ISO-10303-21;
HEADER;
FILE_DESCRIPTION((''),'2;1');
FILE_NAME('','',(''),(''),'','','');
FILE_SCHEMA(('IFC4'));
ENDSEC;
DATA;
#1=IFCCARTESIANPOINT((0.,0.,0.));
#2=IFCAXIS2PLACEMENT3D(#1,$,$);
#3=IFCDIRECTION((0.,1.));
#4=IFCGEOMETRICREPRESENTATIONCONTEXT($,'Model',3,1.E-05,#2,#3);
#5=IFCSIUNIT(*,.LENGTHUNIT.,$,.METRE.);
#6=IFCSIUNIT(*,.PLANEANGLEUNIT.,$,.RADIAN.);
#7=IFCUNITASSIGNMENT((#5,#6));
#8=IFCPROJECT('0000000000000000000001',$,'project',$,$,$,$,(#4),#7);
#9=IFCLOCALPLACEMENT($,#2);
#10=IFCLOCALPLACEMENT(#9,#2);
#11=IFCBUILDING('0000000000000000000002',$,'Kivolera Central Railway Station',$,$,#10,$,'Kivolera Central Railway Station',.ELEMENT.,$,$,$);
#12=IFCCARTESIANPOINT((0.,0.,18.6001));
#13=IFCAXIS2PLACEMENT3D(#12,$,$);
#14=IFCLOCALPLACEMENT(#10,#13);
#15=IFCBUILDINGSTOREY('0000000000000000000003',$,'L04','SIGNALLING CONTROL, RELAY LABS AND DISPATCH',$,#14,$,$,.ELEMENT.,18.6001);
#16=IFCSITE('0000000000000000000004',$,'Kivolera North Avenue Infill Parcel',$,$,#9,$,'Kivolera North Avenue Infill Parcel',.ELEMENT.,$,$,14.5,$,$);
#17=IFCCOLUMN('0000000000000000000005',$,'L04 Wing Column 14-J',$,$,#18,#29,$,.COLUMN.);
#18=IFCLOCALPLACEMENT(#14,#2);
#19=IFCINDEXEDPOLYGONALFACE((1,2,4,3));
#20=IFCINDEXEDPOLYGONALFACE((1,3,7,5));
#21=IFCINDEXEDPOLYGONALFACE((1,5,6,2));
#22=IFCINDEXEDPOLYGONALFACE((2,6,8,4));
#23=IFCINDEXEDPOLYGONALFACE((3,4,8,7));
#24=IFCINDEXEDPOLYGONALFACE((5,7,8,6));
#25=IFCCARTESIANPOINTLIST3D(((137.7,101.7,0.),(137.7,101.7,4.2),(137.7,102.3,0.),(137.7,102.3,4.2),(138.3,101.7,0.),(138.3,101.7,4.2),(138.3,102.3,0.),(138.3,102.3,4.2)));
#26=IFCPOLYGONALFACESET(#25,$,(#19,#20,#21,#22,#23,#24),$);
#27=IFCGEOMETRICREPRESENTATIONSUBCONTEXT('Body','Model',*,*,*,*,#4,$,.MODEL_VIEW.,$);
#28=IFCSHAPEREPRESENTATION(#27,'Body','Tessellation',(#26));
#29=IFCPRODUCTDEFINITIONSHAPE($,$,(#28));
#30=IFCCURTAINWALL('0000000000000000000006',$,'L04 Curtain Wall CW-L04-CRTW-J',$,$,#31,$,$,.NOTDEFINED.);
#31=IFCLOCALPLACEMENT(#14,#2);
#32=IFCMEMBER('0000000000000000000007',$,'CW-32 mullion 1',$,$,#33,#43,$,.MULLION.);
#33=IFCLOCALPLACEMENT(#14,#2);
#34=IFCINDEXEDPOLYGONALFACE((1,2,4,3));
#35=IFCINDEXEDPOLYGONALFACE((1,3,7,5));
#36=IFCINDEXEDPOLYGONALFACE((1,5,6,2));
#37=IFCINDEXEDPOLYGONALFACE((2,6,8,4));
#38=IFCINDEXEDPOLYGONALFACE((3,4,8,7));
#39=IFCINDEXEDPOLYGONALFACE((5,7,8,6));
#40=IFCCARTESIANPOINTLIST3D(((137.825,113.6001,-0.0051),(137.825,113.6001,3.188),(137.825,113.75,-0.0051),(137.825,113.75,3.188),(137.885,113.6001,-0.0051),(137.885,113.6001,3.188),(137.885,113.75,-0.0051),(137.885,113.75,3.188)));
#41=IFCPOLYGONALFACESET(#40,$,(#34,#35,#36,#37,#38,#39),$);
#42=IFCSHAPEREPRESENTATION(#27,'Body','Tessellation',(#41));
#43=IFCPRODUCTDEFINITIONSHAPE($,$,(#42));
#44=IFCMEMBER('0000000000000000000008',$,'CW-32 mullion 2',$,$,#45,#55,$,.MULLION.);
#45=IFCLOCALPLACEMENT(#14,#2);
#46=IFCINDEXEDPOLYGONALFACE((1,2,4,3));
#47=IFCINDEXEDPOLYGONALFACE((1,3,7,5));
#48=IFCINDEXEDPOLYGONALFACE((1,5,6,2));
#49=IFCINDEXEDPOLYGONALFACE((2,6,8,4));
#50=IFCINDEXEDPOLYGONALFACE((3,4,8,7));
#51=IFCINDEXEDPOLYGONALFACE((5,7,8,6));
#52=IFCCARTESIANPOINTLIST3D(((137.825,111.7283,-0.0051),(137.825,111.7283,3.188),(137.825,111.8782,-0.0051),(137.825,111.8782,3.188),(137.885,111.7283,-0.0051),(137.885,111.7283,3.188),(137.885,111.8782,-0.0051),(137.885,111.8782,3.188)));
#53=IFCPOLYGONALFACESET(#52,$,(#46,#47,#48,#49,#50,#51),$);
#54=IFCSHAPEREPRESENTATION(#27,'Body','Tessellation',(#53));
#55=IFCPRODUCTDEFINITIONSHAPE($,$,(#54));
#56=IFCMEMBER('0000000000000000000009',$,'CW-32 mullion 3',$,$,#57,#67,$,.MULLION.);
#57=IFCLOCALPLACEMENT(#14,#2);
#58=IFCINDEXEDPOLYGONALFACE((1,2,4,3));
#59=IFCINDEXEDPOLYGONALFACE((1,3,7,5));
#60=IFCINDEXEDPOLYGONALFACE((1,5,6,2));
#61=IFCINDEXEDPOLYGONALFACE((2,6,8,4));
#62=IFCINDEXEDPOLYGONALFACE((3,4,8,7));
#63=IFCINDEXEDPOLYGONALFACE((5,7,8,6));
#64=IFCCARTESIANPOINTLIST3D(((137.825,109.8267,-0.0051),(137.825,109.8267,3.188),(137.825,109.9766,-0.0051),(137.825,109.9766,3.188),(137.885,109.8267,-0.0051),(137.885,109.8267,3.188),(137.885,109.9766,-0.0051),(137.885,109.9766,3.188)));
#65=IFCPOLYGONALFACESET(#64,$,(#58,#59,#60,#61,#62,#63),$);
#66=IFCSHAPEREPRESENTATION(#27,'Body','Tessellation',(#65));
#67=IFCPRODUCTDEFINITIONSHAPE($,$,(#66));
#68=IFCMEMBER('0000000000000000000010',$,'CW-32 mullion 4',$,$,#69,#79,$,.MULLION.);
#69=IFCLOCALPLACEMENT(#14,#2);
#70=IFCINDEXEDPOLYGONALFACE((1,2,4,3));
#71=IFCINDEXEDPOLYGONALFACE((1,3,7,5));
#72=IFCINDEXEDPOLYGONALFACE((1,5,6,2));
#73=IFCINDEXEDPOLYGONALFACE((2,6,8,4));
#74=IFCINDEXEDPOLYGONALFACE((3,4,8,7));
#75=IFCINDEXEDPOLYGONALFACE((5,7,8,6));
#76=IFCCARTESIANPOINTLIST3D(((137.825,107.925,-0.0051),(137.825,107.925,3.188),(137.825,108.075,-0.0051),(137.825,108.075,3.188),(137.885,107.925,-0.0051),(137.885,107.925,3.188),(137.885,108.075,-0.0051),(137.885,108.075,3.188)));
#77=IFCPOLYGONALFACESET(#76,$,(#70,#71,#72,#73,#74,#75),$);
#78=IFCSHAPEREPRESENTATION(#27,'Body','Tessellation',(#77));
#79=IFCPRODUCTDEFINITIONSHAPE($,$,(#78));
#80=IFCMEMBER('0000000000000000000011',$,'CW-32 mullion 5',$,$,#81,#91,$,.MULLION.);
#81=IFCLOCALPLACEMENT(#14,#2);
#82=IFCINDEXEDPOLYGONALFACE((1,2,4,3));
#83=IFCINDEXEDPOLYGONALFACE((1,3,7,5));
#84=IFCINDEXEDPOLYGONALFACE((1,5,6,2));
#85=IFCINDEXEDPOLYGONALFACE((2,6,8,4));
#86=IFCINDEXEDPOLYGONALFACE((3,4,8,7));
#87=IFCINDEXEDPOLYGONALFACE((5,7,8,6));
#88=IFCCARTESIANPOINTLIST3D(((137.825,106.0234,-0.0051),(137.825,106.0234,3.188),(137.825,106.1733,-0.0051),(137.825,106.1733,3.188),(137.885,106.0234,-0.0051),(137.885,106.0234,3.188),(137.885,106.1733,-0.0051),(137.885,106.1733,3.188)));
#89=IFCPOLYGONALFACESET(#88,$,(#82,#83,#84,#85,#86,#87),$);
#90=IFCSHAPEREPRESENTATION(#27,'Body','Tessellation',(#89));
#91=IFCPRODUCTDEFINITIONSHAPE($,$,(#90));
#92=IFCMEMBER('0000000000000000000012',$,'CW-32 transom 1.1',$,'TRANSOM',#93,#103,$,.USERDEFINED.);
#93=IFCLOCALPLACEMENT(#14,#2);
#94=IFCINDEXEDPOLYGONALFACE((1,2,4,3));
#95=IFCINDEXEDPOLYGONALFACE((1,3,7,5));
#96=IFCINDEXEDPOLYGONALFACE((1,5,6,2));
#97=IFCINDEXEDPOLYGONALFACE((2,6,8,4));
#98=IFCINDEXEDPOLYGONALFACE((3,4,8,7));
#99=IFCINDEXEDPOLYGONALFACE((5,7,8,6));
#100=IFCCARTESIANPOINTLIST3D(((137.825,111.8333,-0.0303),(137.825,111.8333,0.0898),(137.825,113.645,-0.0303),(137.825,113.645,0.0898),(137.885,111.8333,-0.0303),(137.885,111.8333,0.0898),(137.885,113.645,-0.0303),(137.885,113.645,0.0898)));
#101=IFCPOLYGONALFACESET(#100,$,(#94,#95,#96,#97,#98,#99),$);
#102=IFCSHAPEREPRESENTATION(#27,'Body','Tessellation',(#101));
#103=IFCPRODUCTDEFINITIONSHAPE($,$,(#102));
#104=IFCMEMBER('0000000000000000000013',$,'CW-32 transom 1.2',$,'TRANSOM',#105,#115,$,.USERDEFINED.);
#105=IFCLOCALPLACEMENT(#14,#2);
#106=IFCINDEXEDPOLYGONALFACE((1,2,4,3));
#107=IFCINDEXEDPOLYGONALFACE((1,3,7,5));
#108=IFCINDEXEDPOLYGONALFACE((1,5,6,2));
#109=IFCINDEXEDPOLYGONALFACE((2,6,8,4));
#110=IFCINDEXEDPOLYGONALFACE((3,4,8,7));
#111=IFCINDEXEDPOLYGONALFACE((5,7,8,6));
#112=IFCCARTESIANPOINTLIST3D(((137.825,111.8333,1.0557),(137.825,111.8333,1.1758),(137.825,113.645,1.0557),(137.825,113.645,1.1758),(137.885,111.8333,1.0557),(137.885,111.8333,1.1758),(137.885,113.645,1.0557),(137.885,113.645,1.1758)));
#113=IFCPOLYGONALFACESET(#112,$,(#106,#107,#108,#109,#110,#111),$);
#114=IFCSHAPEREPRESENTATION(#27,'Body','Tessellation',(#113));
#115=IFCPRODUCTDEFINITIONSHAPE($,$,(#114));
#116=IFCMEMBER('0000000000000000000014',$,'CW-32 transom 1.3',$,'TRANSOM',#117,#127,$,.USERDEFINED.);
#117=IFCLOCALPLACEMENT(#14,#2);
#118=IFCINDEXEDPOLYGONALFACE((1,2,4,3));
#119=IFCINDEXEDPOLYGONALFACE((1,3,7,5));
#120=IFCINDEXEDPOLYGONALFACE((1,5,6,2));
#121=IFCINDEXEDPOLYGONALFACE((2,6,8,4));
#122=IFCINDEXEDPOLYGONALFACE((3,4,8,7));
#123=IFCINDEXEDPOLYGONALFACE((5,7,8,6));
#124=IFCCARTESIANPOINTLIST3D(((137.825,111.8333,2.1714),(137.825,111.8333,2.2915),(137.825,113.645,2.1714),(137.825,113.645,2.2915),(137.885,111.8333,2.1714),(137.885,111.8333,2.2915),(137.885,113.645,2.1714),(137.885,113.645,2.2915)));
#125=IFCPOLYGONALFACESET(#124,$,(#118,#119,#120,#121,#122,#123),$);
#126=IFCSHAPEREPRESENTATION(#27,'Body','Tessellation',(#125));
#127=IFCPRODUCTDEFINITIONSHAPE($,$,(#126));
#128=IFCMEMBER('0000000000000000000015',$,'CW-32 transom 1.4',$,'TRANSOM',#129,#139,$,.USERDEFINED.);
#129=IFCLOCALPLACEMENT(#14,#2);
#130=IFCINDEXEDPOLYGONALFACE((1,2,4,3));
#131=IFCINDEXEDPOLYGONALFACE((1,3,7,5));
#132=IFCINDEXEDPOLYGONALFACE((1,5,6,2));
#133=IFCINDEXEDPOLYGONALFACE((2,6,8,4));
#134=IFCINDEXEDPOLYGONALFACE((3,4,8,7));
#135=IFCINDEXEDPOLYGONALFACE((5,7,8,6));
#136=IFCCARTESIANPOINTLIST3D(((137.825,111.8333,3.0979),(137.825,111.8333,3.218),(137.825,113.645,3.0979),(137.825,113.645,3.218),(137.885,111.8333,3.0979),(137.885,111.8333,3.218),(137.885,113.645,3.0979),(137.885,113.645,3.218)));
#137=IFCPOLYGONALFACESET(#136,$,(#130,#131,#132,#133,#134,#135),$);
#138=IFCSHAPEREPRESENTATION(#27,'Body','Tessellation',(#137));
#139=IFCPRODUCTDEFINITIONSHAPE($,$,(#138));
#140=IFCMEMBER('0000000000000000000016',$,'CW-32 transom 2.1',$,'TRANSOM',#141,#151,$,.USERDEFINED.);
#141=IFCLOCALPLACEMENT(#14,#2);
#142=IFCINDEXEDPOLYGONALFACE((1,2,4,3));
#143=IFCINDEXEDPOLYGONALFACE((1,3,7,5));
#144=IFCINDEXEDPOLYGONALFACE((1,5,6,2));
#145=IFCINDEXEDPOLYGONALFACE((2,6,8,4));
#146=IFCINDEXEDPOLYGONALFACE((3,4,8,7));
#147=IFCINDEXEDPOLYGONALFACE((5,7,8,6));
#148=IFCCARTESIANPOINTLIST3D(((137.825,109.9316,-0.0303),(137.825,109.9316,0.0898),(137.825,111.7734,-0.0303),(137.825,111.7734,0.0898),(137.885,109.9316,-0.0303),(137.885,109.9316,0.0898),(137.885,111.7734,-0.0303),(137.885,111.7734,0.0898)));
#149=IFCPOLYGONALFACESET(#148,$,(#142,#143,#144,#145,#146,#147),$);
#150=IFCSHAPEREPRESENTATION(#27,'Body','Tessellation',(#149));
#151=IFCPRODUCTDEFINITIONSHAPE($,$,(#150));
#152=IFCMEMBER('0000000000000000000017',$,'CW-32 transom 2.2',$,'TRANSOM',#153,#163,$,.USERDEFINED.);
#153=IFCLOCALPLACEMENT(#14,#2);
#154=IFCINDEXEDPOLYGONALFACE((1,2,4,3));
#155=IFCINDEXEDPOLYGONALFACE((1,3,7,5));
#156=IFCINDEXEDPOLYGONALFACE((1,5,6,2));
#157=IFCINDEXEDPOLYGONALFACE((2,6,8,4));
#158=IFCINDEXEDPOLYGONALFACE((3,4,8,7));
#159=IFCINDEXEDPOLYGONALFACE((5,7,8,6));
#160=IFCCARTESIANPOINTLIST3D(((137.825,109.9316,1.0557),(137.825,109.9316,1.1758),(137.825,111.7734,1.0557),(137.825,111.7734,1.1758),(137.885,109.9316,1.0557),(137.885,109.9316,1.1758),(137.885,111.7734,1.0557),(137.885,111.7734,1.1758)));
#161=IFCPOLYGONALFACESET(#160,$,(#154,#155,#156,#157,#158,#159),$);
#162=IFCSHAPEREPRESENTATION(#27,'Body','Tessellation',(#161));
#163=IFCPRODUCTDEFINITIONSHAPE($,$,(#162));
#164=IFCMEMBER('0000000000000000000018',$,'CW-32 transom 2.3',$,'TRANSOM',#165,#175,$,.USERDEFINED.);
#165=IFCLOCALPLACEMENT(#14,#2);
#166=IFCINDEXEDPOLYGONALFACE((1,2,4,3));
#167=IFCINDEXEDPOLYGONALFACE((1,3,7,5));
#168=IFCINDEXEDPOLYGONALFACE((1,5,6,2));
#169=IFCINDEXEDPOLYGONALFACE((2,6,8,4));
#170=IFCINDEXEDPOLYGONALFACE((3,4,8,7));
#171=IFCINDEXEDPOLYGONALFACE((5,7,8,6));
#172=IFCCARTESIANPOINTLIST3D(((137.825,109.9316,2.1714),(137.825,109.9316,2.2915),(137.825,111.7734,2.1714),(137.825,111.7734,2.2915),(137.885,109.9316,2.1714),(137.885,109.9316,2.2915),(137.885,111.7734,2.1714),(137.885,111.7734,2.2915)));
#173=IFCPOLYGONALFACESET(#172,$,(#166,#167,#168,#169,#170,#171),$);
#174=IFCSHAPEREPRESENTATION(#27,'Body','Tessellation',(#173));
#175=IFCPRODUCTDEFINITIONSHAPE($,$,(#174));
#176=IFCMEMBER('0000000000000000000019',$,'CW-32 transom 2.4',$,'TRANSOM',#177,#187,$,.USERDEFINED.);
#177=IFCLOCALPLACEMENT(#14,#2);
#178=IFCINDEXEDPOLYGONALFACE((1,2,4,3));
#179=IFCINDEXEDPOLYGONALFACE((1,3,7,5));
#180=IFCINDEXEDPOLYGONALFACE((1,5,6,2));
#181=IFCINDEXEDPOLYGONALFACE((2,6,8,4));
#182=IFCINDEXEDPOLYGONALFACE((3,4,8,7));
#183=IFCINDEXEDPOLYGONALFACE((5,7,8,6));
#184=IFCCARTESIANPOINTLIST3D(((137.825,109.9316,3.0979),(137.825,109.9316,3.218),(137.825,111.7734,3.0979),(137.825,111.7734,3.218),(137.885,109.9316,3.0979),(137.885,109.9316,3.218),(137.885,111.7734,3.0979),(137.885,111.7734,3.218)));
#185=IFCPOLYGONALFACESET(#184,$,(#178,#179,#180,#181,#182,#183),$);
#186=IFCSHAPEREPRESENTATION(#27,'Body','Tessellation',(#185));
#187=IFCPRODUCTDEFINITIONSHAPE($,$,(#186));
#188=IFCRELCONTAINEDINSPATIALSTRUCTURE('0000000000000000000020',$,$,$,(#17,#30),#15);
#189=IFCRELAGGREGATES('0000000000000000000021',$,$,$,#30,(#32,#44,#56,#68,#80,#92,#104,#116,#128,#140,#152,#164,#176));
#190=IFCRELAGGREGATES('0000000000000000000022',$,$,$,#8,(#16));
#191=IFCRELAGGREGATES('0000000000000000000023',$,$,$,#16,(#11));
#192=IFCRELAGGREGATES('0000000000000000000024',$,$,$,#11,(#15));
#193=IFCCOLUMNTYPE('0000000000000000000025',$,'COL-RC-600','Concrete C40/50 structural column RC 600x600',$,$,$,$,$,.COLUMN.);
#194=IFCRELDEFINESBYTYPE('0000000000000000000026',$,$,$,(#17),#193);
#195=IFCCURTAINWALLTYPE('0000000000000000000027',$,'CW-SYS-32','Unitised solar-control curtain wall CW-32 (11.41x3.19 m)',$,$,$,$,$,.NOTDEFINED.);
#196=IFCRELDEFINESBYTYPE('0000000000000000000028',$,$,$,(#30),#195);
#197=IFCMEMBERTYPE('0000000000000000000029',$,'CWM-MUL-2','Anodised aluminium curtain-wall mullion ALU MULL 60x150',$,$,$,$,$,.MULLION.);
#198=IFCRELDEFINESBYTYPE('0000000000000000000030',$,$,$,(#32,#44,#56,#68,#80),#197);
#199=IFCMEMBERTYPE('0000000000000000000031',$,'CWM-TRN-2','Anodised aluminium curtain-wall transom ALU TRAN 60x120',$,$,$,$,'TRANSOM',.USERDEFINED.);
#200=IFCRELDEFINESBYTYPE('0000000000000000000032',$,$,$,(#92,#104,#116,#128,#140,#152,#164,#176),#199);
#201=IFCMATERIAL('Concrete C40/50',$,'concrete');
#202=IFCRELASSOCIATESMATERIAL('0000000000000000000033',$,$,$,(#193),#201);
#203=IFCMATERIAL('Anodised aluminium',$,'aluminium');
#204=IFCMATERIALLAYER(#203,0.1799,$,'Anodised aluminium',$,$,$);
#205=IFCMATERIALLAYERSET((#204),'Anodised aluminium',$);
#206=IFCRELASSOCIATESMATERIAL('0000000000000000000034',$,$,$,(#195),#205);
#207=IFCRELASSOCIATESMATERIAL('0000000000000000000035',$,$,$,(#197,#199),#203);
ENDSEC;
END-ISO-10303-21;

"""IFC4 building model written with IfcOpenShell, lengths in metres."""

from ifc_helpers import new_model, si_unit, direction, frame, origin, origin_2d, place, context, subcontext, project, spatial, rectangle, extrude, material, layer, layer_set, material_profile, profile_set, type_object, element, aggregate, save


model = new_model("IFC4")

# Units and contexts
model_context = context("Model", 3, precision=1e-05, world=origin(), true_north=direction((0.0, 1.0)))
body_context = subcontext(model_context, "Body", "Model", "MODEL_VIEW")
ifc_project = project(units=[si_unit("LENGTHUNIT", "METRE"), si_unit("PLANEANGLEUNIT", "RADIAN")], contexts=[model_context])

# Site, building, storey
site_placement = place(None, origin())
site = spatial("IfcSite", under=ifc_project, at=site_placement, Name="Kivolera North Avenue Infill Parcel", LongName="Kivolera North Avenue Infill Parcel", CompositionType="ELEMENT", RefElevation=14.5)
building_placement = place(site_placement, origin())
building = spatial("IfcBuilding", under=site, at=building_placement, Name="Kivolera Central Railway Station", LongName="Kivolera Central Railway Station", CompositionType="ELEMENT")
storey_placement = place(building_placement, frame((0.0, 0.0, 18.6001)))
storey = spatial("IfcBuildingStorey", under=building, at=storey_placement, Name="L04", Description="SIGNALLING CONTROL, RELAY LABS AND DISPATCH", CompositionType="ELEMENT", Elevation=18.6001)

# Column
ifc_material_1 = material(Name="Concrete C40/50", Category="concrete")
ifc_material_profile_1 = material_profile(ifc_material_1, rectangle(XDim=0.6001, YDim=0.6001, at=origin_2d()), Name="RC 600x600")
ifc_profile_set_1 = profile_set([ifc_material_profile_1], Name="Concrete C40/50")
column_type = type_object("IfcColumnType", Name="COL-RC-600", Description="Concrete C40/50 structural column RC 600x600", PredefinedType="COLUMN", material=ifc_profile_set_1)
column_placement = place(storey_placement, frame((138.0, 102.0, 0.0), z_axis=(0.0, 0.0, 1.0), x_axis=(1.0, 0.0, 0.0)))
element("IfcColumn", 1, at=column_placement, inside=storey, type_object=column_type, Name="L04 Wing Column 14-J", PredefinedType="COLUMN", context=body_context, shape_type="SweptSolid", body=[
    extrude(rectangle(XDim=0.6001, YDim=0.6001, at=origin_2d()), origin(), (0.0, 0.0, 1.0), 4.2),
])

# Curtain wall, members
ifc_material_2 = material(Name="Anodised aluminium", Category="aluminium")
ifc_layer_1 = layer(ifc_material_2, 0.1799, Name="Anodised aluminium")
ifc_layer_set_1 = layer_set([ifc_layer_1], Name="Anodised aluminium")
curtain_wall_type = type_object("IfcCurtainWallType", Name="CW-SYS-32", Description="Unitised solar-control curtain wall CW-32 (11.41x3.19 m)", PredefinedType="NOTDEFINED", material=ifc_layer_set_1)
curtain_wall_placement = place(storey_placement, origin())
curtain_wall = element("IfcCurtainWall", 2, at=curtain_wall_placement, inside=storey, type_object=curtain_wall_type, Name="L04 Curtain Wall CW-L04-CRTW-J", PredefinedType="NOTDEFINED")
ifc_material_profile_2 = material_profile(ifc_material_2, rectangle(XDim=0.0601, YDim=0.1499, at=origin_2d()), Name="ALU MULL 60x150")
ifc_profile_set_2 = profile_set([ifc_material_profile_2], Name="Anodised aluminium")
member_type_1 = type_object("IfcMemberType", Name="CWM-MUL-2", Description="Anodised aluminium curtain-wall mullion ALU MULL 60x150", PredefinedType="MULLION", material=ifc_profile_set_2)
member_1_placement = place(storey_placement, frame((137.855, 113.675, -0.0051), z_axis=(0.0, 0.0, 1.0), x_axis=(1.0, 0.0, 0.0)))
member_1 = element("IfcMember", 3, at=member_1_placement, type_object=member_type_1, Name="CW-32 mullion 1", PredefinedType="MULLION", context=body_context, shape_type="SweptSolid", body=[
    extrude(rectangle(XDim=0.0601, YDim=0.1499, at=origin_2d()), origin(), (0.0, 0.0, 1.0), 3.1931),
])
member_2_placement = place(storey_placement, frame((137.855, 111.8032, -0.0051), z_axis=(0.0, 0.0, 1.0), x_axis=(1.0, 0.0, 0.0)))
member_2 = element("IfcMember", 4, at=member_2_placement, type_object=member_type_1, Name="CW-32 mullion 2", PredefinedType="MULLION", context=body_context, shape_type="SweptSolid", body=[
    extrude(rectangle(XDim=0.0601, YDim=0.1499, at=origin_2d()), origin(), (0.0, 0.0, 1.0), 3.1931),
])
member_3_placement = place(storey_placement, frame((137.855, 109.9016, -0.0051), z_axis=(0.0, 0.0, 1.0), x_axis=(1.0, 0.0, 0.0)))
member_3 = element("IfcMember", 5, at=member_3_placement, type_object=member_type_1, Name="CW-32 mullion 3", PredefinedType="MULLION", context=body_context, shape_type="SweptSolid", body=[
    extrude(rectangle(XDim=0.0601, YDim=0.1499, at=origin_2d()), origin(), (0.0, 0.0, 1.0), 3.1931),
])
member_4_placement = place(storey_placement, frame((137.855, 108.0, -0.0051), z_axis=(0.0, 0.0, 1.0), x_axis=(1.0, 0.0, 0.0)))
member_4 = element("IfcMember", 6, at=member_4_placement, type_object=member_type_1, Name="CW-32 mullion 4", PredefinedType="MULLION", context=body_context, shape_type="SweptSolid", body=[
    extrude(rectangle(XDim=0.0601, YDim=0.1499, at=origin_2d()), origin(), (0.0, 0.0, 1.0), 3.1931),
])
member_5_placement = place(storey_placement, frame((137.855, 106.0984, -0.0051), z_axis=(0.0, 0.0, 1.0), x_axis=(1.0, 0.0, 0.0)))
member_5 = element("IfcMember", 7, at=member_5_placement, type_object=member_type_1, Name="CW-32 mullion 5", PredefinedType="MULLION", context=body_context, shape_type="SweptSolid", body=[
    extrude(rectangle(XDim=0.0601, YDim=0.1499, at=origin_2d()), origin(), (0.0, 0.0, 1.0), 3.1931),
])
ifc_material_profile_3 = material_profile(ifc_material_2, rectangle(XDim=0.0601, YDim=0.1201, at=origin_2d()), Name="ALU TRAN 60x120")
ifc_profile_set_3 = profile_set([ifc_material_profile_3], Name="Anodised aluminium")
member_type_2 = type_object("IfcMemberType", Name="CWM-TRN-2", Description="Anodised aluminium curtain-wall transom ALU TRAN 60x120", ElementType="TRANSOM", PredefinedType="USERDEFINED", material=ifc_profile_set_3)
member_6_placement = place(storey_placement, frame((137.855, 113.645, 0.0298), z_axis=(0.0, -1.0, 0.0), x_axis=(1.0, 0.0, 0.0)))
member_6 = element("IfcMember", 8, at=member_6_placement, type_object=member_type_2, Name="CW-32 transom 1.1", ObjectType="TRANSOM", PredefinedType="USERDEFINED", context=body_context, shape_type="SweptSolid", body=[
    extrude(rectangle(XDim=0.0601, YDim=0.1201, at=origin_2d()), origin(), (0.0, 0.0, 1.0), 1.8118),
])
member_7_placement = place(storey_placement, frame((137.855, 113.645, 1.1157), z_axis=(0.0, -1.0, 0.0), x_axis=(1.0, 0.0, 0.0)))
member_7 = element("IfcMember", 9, at=member_7_placement, type_object=member_type_2, Name="CW-32 transom 1.2", ObjectType="TRANSOM", PredefinedType="USERDEFINED", context=body_context, shape_type="SweptSolid", body=[
    extrude(rectangle(XDim=0.0601, YDim=0.1201, at=origin_2d()), origin(), (0.0, 0.0, 1.0), 1.8118),
])
member_8_placement = place(storey_placement, frame((137.855, 113.645, 2.2314), z_axis=(0.0, -1.0, 0.0), x_axis=(1.0, 0.0, 0.0)))
member_8 = element("IfcMember", 10, at=member_8_placement, type_object=member_type_2, Name="CW-32 transom 1.3", ObjectType="TRANSOM", PredefinedType="USERDEFINED", context=body_context, shape_type="SweptSolid", body=[
    extrude(rectangle(XDim=0.0601, YDim=0.1201, at=origin_2d()), origin(), (0.0, 0.0, 1.0), 1.8118),
])
member_9_placement = place(storey_placement, frame((137.855, 113.645, 3.158), z_axis=(0.0, -1.0, 0.0), x_axis=(1.0, 0.0, 0.0)))
member_9 = element("IfcMember", 11, at=member_9_placement, type_object=member_type_2, Name="CW-32 transom 1.4", ObjectType="TRANSOM", PredefinedType="USERDEFINED", context=body_context, shape_type="SweptSolid", body=[
    extrude(rectangle(XDim=0.0601, YDim=0.1201, at=origin_2d()), origin(), (0.0, 0.0, 1.0), 1.8118),
])
member_10_placement = place(storey_placement, frame((137.855, 111.7734, 0.0298), z_axis=(0.0, -1.0, 0.0), x_axis=(1.0, 0.0, 0.0)))
member_10 = element("IfcMember", 12, at=member_10_placement, type_object=member_type_2, Name="CW-32 transom 2.1", ObjectType="TRANSOM", PredefinedType="USERDEFINED", context=body_context, shape_type="SweptSolid", body=[
    extrude(rectangle(XDim=0.0601, YDim=0.1201, at=origin_2d()), origin(), (0.0, 0.0, 1.0), 1.8418),
])
member_11_placement = place(storey_placement, frame((137.855, 111.7734, 1.1157), z_axis=(0.0, -1.0, 0.0), x_axis=(1.0, 0.0, 0.0)))
member_11 = element("IfcMember", 13, at=member_11_placement, type_object=member_type_2, Name="CW-32 transom 2.2", ObjectType="TRANSOM", PredefinedType="USERDEFINED", context=body_context, shape_type="SweptSolid", body=[
    extrude(rectangle(XDim=0.0601, YDim=0.1201, at=origin_2d()), origin(), (0.0, 0.0, 1.0), 1.8418),
])
member_12_placement = place(storey_placement, frame((137.855, 111.7734, 2.2314), z_axis=(0.0, -1.0, 0.0), x_axis=(1.0, 0.0, 0.0)))
member_12 = element("IfcMember", 14, at=member_12_placement, type_object=member_type_2, Name="CW-32 transom 2.3", ObjectType="TRANSOM", PredefinedType="USERDEFINED", context=body_context, shape_type="SweptSolid", body=[
    extrude(rectangle(XDim=0.0601, YDim=0.1201, at=origin_2d()), origin(), (0.0, 0.0, 1.0), 1.8418),
])
member_13_placement = place(storey_placement, frame((137.855, 111.7734, 3.158), z_axis=(0.0, -1.0, 0.0), x_axis=(1.0, 0.0, 0.0)))
member_13 = element("IfcMember", 15, at=member_13_placement, type_object=member_type_2, Name="CW-32 transom 2.4", ObjectType="TRANSOM", PredefinedType="USERDEFINED", context=body_context, shape_type="SweptSolid", body=[
    extrude(rectangle(XDim=0.0601, YDim=0.1201, at=origin_2d()), origin(), (0.0, 0.0, 1.0), 1.8418),
])
aggregate(curtain_wall, [member_1, member_2, member_3, member_4, member_5, member_6, member_7, member_8, member_9, member_10, member_11, member_12, member_13])

save(model, "model.ifc")
